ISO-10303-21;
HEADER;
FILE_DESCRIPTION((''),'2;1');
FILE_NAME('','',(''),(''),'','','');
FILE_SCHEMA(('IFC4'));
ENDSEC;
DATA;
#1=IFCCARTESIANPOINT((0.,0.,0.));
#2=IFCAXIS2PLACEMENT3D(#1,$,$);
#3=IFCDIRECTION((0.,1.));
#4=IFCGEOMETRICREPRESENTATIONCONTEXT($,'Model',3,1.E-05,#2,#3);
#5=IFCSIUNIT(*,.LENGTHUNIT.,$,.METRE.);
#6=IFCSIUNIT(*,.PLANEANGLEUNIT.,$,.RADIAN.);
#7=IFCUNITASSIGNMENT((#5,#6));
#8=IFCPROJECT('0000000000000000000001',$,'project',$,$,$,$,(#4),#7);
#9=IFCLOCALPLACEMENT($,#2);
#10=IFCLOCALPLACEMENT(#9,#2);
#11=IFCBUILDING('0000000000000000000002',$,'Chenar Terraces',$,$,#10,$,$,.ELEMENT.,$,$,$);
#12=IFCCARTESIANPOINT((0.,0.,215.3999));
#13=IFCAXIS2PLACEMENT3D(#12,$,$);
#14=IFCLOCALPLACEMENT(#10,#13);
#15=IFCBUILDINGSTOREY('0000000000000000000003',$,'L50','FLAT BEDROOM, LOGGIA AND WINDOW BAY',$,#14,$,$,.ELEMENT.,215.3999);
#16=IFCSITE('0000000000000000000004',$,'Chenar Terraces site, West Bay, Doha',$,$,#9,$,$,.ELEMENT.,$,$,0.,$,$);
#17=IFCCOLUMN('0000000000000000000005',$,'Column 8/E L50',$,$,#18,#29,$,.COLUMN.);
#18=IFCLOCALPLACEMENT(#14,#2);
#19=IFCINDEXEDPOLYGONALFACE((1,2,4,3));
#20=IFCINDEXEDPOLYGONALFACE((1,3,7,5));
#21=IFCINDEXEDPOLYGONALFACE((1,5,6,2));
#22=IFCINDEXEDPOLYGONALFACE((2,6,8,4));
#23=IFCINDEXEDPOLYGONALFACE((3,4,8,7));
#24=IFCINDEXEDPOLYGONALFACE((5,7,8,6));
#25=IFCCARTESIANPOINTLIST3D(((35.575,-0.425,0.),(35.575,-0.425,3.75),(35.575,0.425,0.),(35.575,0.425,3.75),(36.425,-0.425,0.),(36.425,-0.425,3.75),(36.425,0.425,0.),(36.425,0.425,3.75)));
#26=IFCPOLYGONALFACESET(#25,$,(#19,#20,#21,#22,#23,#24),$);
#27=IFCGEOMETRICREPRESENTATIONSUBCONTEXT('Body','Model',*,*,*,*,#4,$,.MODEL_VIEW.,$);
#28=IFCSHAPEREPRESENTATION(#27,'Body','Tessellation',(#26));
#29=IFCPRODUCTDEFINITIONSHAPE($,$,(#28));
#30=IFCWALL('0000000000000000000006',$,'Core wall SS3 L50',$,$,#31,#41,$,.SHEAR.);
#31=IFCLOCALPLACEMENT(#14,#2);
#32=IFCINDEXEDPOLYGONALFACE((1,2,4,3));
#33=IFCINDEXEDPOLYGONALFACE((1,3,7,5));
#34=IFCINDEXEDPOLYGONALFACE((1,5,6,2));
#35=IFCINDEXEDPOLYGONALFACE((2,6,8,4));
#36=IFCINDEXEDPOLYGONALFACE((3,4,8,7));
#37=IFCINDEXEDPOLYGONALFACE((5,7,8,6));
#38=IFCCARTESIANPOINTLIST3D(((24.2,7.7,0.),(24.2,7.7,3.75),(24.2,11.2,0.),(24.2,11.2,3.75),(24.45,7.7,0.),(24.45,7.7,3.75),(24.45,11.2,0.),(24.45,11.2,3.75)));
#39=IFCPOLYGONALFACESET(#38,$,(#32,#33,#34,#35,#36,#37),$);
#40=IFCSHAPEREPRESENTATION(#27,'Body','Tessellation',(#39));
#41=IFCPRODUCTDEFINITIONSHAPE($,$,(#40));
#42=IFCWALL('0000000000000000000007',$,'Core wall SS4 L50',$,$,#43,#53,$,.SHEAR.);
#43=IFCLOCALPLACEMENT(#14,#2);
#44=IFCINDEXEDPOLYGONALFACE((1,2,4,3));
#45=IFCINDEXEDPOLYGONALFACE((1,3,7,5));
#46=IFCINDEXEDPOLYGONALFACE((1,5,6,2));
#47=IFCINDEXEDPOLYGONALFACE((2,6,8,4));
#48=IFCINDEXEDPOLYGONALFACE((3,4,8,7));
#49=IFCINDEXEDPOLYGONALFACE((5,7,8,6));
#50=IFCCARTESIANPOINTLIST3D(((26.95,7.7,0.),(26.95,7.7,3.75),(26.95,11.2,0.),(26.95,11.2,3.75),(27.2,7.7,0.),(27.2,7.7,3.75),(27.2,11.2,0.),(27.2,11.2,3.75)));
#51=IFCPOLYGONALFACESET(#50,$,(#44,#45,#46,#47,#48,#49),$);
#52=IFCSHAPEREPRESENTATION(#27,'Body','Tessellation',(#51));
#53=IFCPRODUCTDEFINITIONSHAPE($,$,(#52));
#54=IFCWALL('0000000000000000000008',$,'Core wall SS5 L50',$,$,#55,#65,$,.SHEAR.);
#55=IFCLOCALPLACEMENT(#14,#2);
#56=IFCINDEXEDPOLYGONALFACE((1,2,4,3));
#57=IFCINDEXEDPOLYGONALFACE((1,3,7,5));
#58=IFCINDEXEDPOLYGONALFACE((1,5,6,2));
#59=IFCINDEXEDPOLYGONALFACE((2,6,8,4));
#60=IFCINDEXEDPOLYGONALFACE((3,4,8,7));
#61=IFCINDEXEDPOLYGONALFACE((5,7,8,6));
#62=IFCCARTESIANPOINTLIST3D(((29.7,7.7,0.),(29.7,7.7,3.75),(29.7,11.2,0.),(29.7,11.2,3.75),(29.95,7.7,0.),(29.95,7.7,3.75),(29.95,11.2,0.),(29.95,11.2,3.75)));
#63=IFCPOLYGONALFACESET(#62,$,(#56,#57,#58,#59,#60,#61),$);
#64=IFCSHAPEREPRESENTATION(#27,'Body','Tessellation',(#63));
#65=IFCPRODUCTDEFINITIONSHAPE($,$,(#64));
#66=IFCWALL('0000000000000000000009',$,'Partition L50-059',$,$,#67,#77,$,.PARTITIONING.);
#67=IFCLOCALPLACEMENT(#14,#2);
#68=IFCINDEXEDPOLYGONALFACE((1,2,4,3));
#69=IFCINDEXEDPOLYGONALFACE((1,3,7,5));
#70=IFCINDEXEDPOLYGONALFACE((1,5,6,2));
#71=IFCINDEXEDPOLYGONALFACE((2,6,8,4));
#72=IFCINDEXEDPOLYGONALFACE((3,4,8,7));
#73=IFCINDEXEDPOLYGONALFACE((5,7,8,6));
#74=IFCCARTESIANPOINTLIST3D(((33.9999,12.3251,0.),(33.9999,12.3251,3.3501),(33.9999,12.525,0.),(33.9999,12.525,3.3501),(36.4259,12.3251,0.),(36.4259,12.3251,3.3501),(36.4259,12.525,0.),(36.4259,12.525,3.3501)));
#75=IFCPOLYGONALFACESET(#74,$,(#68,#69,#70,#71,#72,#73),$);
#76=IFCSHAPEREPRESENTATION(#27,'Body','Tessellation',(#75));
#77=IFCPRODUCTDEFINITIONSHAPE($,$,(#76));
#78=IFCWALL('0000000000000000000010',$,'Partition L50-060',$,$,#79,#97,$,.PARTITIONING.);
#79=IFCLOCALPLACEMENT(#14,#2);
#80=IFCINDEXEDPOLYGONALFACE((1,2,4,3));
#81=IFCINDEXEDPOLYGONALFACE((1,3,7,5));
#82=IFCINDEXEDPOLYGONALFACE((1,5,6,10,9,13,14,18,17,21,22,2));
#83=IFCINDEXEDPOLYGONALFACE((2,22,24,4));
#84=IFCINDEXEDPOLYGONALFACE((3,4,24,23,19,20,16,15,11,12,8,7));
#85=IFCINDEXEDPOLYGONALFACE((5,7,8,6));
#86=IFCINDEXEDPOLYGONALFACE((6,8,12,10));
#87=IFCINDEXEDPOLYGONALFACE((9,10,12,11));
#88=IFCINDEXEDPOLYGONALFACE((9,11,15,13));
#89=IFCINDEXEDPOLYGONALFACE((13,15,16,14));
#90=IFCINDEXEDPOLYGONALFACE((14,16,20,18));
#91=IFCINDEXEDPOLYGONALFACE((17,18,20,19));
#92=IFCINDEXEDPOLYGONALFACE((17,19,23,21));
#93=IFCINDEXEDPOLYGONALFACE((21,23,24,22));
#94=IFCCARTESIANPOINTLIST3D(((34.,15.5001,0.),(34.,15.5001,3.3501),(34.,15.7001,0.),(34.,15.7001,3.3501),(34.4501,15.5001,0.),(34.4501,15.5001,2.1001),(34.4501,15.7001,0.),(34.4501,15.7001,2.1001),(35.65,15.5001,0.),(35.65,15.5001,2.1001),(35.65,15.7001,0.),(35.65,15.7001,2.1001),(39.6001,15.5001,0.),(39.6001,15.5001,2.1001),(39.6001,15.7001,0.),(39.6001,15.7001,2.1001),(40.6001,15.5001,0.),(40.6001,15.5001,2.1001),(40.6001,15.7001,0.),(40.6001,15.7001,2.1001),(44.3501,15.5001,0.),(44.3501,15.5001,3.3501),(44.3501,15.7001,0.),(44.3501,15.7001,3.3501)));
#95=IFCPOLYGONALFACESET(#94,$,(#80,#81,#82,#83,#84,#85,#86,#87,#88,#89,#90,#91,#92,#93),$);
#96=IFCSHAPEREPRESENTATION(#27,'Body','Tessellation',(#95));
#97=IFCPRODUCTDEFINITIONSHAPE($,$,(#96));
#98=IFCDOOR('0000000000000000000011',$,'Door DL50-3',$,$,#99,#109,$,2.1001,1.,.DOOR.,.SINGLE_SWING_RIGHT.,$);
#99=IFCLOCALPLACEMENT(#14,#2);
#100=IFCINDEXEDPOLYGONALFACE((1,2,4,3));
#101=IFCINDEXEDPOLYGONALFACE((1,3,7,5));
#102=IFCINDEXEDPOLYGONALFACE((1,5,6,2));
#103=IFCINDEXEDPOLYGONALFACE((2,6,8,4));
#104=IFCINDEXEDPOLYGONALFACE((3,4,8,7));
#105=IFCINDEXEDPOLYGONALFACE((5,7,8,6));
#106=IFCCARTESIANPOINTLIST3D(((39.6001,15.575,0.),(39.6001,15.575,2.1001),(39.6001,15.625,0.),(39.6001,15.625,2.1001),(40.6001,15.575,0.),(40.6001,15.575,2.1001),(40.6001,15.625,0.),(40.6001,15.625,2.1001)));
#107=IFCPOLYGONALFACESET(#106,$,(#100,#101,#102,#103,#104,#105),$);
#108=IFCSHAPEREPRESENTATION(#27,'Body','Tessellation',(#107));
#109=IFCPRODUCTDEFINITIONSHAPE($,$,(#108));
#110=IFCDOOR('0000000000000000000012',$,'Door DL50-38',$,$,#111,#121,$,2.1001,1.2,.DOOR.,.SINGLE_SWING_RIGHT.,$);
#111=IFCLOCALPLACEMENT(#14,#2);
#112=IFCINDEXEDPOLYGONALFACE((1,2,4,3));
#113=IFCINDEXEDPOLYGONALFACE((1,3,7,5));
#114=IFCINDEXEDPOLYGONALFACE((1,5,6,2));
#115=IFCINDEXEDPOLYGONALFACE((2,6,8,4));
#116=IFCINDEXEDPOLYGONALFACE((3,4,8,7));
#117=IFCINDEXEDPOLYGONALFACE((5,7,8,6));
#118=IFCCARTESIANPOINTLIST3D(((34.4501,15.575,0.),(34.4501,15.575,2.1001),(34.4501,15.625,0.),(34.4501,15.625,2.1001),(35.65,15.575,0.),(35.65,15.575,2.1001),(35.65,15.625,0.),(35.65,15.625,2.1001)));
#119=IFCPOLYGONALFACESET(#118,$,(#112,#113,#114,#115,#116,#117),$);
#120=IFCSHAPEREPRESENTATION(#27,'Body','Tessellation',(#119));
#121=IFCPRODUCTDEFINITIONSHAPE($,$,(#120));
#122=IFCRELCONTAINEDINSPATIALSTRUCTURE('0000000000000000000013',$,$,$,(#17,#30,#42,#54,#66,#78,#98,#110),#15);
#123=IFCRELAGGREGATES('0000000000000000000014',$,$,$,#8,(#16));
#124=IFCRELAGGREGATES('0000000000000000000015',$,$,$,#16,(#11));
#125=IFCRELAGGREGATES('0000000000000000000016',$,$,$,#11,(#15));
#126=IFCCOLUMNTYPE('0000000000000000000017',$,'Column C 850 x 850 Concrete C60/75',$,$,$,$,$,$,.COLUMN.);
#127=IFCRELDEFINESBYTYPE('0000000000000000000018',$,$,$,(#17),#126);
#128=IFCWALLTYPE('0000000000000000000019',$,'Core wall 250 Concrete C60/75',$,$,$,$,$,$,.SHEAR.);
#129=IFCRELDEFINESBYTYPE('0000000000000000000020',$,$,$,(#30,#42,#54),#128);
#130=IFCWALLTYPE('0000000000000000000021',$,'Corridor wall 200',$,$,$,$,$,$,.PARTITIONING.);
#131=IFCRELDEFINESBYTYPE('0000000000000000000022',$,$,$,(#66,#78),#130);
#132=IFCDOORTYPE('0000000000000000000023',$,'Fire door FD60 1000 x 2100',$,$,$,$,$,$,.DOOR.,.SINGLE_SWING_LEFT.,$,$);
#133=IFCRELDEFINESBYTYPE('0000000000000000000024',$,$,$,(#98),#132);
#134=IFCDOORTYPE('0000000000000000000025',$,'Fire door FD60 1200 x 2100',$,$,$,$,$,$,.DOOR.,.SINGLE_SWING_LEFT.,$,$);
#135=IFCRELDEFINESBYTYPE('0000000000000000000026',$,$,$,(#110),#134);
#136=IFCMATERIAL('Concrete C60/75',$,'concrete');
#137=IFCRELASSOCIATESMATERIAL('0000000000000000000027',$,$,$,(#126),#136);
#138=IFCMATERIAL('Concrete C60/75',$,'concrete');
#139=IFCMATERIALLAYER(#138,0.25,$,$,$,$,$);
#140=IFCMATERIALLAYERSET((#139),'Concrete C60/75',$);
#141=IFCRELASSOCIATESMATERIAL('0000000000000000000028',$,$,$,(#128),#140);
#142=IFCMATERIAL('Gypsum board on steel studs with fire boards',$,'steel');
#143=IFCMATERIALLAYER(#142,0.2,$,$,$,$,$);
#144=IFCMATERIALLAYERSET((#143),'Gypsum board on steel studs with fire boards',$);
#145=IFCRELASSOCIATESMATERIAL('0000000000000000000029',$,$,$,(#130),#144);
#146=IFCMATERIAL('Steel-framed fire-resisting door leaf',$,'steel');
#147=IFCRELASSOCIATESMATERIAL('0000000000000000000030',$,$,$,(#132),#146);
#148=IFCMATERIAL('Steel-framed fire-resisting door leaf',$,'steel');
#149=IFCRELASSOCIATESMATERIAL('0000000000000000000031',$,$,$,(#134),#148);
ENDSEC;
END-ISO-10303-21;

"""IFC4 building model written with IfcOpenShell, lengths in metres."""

from ifc_helpers import new_model, si_unit, direction, frame, frame_2d, origin, origin_2d, place, context, subcontext, project, spatial, rectangle, extrude, material, layer, layer_set, material_profile, profile_set, type_object, element, fill, save


model = new_model("IFC4")

# Units and contexts
model_context = context("Model", 3, precision=1e-05, world=origin(), true_north=direction((0.0, 1.0)))
body_context = subcontext(model_context, "Body", "Model", "MODEL_VIEW")
ifc_project = project(units=[si_unit("LENGTHUNIT", "METRE"), si_unit("PLANEANGLEUNIT", "RADIAN")], contexts=[model_context])

# Site, building, storey
site_placement = place(None, origin())
site = spatial("IfcSite", under=ifc_project, at=site_placement, Name="Chenar Terraces site, West Bay, Doha", CompositionType="ELEMENT", RefElevation=0.0)
building_placement = place(site_placement, origin())
building = spatial("IfcBuilding", under=site, at=building_placement, Name="Chenar Terraces", CompositionType="ELEMENT")
storey_placement = place(building_placement, frame((0.0, 0.0, 215.3999)))
storey = spatial("IfcBuildingStorey", under=building, at=storey_placement, Name="L50", Description="FLAT BEDROOM, LOGGIA AND WINDOW BAY", CompositionType="ELEMENT", Elevation=215.3999)

# Column
ifc_material_1 = material(Name="Concrete C60/75", Category="concrete")
ifc_material_profile = material_profile(ifc_material_1, rectangle(XDim=0.8501, YDim=0.8501, at=origin_2d()), Name="C 850 x 850")
ifc_profile_set = profile_set([ifc_material_profile], Name="Concrete C60/75")
column_type = type_object("IfcColumnType", Name="Column C 850 x 850 Concrete C60/75", PredefinedType="COLUMN", material=ifc_profile_set)
column_placement = place(storey_placement, frame((36.0, 0.0, 0.0), z_axis=(0.0, 0.0, 1.0), x_axis=(1.0, 0.0, 0.0)))
element("IfcColumn", 1, at=column_placement, inside=storey, type_object=column_type, Name="Column 8/E L50", PredefinedType="COLUMN", context=body_context, shape_type="SweptSolid", body=[
    extrude(rectangle(XDim=0.8501, YDim=0.8501, at=origin_2d()), origin(), (0.0, 0.0, 1.0), 3.75),
])

# Walls
ifc_material_2 = material(Name="Concrete C60/75", Category="concrete")
ifc_layer_1 = layer(ifc_material_2, 0.25)
ifc_layer_set_1 = layer_set([ifc_layer_1], Name="Concrete C60/75")
wall_type_1 = type_object("IfcWallType", Name="Core wall 250 Concrete C60/75", PredefinedType="SHEAR", material=ifc_layer_set_1)
for number, where, z_axis, x_axis, name in (
    (2, (24.325, 7.7, 0.0), (0.0, 0.0, 1.0), (0.0, 1.0, 0.0), "Core wall SS3 L50"),
    (3, (27.075, 7.7, 0.0), (0.0, 0.0, 1.0), (0.0, 1.0, 0.0), "Core wall SS4 L50"),
    (4, (29.825, 7.7, 0.0), (0.0, 0.0, 1.0), (0.0, 1.0, 0.0), "Core wall SS5 L50"),
):
    element("IfcWall", number, at=place(storey_placement, frame(where, z_axis=z_axis, x_axis=x_axis)), inside=storey, type_object=wall_type_1, Name=name, PredefinedType="SHEAR", context=body_context, shape_type="SweptSolid", body=[
        extrude(rectangle(XDim=3.5, YDim=0.25, at=frame_2d((1.75, 0.0))), origin(), (0.0, 0.0, 1.0), 3.75),
    ])

# Wall
ifc_material_3 = material(Name="Gypsum board on steel studs with fire boards", Category="steel")
ifc_layer_2 = layer(ifc_material_3, 0.2)
ifc_layer_set_2 = layer_set([ifc_layer_2], Name="Gypsum board on steel studs with fire boards")
wall_type_2 = type_object("IfcWallType", Name="Corridor wall 200", PredefinedType="PARTITIONING", material=ifc_layer_set_2)
wall_1_placement = place(storey_placement, frame((34.0, 12.425, 0.0), z_axis=(0.0, 0.0, 1.0), x_axis=(1.0, 0.0, 0.0)))
element("IfcWall", 5, at=wall_1_placement, inside=storey, type_object=wall_type_2, Name="Partition L50-059", PredefinedType="PARTITIONING", context=body_context, shape_type="SweptSolid", body=[
    extrude(rectangle(XDim=2.426, YDim=0.2, at=frame_2d((1.2129, 0.0))), origin(), (0.0, 0.0, 1.0), 3.3501),
])

# Wall, openings, doors
wall_2_placement = place(storey_placement, frame((34.0, 15.6001, 0.0), z_axis=(0.0, 0.0, 1.0), x_axis=(1.0, 0.0, 0.0)))
wall_2 = element("IfcWall", 6, at=wall_2_placement, inside=storey, type_object=wall_type_2, Name="Partition L50-060", PredefinedType="PARTITIONING", context=body_context, shape_type="SweptSolid", body=[
    extrude(rectangle(XDim=10.3501, YDim=0.2, at=frame_2d((5.175, 0.0))), origin(), (0.0, 0.0, 1.0), 3.3501),
])
opening_1_placement = place(wall_2_placement, frame((5.6001, 0.0, 0.0)))
opening_1 = element("IfcOpeningElement", 7, at=opening_1_placement, cuts=wall_2, PredefinedType="OPENING", context=body_context, shape_type="SweptSolid", body=[
    extrude(rectangle(XDim=1.0, YDim=2.1001, at=frame_2d((0.5, 1.05))), frame((0.0, 0.1099, 0.0), z_axis=(0.0, -1.0, 0.0), x_axis=(1.0, 0.0, 0.0)), (0.0, 0.0, 1.0), 0.22),
])
opening_2_placement = place(wall_2_placement, frame((0.45, 0.0, 0.0)))
opening_2 = element("IfcOpeningElement", 8, at=opening_2_placement, cuts=wall_2, PredefinedType="OPENING", context=body_context, shape_type="SweptSolid", body=[
    extrude(rectangle(XDim=1.2, YDim=2.1001, at=frame_2d((0.6001, 1.05))), frame((0.0, 0.1099, 0.0), z_axis=(0.0, -1.0, 0.0), x_axis=(1.0, 0.0, 0.0)), (0.0, 0.0, 1.0), 0.22),
])
ifc_material_4 = material(Name="Steel-framed fire-resisting door leaf", Category="steel")
door_type_1 = type_object("IfcDoorType", Name="Fire door FD60 1000 x 2100", OperationType="SINGLE_SWING_LEFT", PredefinedType="DOOR", material=ifc_material_4)
door_1_placement = place(opening_1_placement, origin())
door_1 = element("IfcDoor", 9, at=door_1_placement, inside=storey, type_object=door_type_1, Name="Door DL50-3", OperationType="SINGLE_SWING_RIGHT", OverallHeight=2.1001, OverallWidth=1.0, PredefinedType="DOOR", context=body_context, shape_type="SweptSolid", body=[
    extrude(rectangle(XDim=1.0, YDim=2.1001, at=frame_2d((0.5, 1.05))), frame((0.0, 0.0249, 0.0), z_axis=(0.0, -1.0, 0.0), x_axis=(1.0, 0.0, 0.0)), (0.0, 0.0, 1.0), 0.05),
])
fill(opening_1, door_1)
ifc_material_5 = material(Name="Steel-framed fire-resisting door leaf", Category="steel")
door_type_2 = type_object("IfcDoorType", Name="Fire door FD60 1200 x 2100", OperationType="SINGLE_SWING_LEFT", PredefinedType="DOOR", material=ifc_material_5)
door_2_placement = place(opening_2_placement, origin())
door_2 = element("IfcDoor", 10, at=door_2_placement, inside=storey, type_object=door_type_2, Name="Door DL50-38", OperationType="SINGLE_SWING_RIGHT", OverallHeight=2.1001, OverallWidth=1.2, PredefinedType="DOOR", context=body_context, shape_type="SweptSolid", body=[
    extrude(rectangle(XDim=1.2, YDim=2.1001, at=frame_2d((0.6001, 1.05))), frame((0.0, 0.0249, 0.0), z_axis=(0.0, -1.0, 0.0), x_axis=(1.0, 0.0, 0.0)), (0.0, 0.0, 1.0), 0.05),
])
fill(opening_2, door_2)

save(model, "model.ifc")
